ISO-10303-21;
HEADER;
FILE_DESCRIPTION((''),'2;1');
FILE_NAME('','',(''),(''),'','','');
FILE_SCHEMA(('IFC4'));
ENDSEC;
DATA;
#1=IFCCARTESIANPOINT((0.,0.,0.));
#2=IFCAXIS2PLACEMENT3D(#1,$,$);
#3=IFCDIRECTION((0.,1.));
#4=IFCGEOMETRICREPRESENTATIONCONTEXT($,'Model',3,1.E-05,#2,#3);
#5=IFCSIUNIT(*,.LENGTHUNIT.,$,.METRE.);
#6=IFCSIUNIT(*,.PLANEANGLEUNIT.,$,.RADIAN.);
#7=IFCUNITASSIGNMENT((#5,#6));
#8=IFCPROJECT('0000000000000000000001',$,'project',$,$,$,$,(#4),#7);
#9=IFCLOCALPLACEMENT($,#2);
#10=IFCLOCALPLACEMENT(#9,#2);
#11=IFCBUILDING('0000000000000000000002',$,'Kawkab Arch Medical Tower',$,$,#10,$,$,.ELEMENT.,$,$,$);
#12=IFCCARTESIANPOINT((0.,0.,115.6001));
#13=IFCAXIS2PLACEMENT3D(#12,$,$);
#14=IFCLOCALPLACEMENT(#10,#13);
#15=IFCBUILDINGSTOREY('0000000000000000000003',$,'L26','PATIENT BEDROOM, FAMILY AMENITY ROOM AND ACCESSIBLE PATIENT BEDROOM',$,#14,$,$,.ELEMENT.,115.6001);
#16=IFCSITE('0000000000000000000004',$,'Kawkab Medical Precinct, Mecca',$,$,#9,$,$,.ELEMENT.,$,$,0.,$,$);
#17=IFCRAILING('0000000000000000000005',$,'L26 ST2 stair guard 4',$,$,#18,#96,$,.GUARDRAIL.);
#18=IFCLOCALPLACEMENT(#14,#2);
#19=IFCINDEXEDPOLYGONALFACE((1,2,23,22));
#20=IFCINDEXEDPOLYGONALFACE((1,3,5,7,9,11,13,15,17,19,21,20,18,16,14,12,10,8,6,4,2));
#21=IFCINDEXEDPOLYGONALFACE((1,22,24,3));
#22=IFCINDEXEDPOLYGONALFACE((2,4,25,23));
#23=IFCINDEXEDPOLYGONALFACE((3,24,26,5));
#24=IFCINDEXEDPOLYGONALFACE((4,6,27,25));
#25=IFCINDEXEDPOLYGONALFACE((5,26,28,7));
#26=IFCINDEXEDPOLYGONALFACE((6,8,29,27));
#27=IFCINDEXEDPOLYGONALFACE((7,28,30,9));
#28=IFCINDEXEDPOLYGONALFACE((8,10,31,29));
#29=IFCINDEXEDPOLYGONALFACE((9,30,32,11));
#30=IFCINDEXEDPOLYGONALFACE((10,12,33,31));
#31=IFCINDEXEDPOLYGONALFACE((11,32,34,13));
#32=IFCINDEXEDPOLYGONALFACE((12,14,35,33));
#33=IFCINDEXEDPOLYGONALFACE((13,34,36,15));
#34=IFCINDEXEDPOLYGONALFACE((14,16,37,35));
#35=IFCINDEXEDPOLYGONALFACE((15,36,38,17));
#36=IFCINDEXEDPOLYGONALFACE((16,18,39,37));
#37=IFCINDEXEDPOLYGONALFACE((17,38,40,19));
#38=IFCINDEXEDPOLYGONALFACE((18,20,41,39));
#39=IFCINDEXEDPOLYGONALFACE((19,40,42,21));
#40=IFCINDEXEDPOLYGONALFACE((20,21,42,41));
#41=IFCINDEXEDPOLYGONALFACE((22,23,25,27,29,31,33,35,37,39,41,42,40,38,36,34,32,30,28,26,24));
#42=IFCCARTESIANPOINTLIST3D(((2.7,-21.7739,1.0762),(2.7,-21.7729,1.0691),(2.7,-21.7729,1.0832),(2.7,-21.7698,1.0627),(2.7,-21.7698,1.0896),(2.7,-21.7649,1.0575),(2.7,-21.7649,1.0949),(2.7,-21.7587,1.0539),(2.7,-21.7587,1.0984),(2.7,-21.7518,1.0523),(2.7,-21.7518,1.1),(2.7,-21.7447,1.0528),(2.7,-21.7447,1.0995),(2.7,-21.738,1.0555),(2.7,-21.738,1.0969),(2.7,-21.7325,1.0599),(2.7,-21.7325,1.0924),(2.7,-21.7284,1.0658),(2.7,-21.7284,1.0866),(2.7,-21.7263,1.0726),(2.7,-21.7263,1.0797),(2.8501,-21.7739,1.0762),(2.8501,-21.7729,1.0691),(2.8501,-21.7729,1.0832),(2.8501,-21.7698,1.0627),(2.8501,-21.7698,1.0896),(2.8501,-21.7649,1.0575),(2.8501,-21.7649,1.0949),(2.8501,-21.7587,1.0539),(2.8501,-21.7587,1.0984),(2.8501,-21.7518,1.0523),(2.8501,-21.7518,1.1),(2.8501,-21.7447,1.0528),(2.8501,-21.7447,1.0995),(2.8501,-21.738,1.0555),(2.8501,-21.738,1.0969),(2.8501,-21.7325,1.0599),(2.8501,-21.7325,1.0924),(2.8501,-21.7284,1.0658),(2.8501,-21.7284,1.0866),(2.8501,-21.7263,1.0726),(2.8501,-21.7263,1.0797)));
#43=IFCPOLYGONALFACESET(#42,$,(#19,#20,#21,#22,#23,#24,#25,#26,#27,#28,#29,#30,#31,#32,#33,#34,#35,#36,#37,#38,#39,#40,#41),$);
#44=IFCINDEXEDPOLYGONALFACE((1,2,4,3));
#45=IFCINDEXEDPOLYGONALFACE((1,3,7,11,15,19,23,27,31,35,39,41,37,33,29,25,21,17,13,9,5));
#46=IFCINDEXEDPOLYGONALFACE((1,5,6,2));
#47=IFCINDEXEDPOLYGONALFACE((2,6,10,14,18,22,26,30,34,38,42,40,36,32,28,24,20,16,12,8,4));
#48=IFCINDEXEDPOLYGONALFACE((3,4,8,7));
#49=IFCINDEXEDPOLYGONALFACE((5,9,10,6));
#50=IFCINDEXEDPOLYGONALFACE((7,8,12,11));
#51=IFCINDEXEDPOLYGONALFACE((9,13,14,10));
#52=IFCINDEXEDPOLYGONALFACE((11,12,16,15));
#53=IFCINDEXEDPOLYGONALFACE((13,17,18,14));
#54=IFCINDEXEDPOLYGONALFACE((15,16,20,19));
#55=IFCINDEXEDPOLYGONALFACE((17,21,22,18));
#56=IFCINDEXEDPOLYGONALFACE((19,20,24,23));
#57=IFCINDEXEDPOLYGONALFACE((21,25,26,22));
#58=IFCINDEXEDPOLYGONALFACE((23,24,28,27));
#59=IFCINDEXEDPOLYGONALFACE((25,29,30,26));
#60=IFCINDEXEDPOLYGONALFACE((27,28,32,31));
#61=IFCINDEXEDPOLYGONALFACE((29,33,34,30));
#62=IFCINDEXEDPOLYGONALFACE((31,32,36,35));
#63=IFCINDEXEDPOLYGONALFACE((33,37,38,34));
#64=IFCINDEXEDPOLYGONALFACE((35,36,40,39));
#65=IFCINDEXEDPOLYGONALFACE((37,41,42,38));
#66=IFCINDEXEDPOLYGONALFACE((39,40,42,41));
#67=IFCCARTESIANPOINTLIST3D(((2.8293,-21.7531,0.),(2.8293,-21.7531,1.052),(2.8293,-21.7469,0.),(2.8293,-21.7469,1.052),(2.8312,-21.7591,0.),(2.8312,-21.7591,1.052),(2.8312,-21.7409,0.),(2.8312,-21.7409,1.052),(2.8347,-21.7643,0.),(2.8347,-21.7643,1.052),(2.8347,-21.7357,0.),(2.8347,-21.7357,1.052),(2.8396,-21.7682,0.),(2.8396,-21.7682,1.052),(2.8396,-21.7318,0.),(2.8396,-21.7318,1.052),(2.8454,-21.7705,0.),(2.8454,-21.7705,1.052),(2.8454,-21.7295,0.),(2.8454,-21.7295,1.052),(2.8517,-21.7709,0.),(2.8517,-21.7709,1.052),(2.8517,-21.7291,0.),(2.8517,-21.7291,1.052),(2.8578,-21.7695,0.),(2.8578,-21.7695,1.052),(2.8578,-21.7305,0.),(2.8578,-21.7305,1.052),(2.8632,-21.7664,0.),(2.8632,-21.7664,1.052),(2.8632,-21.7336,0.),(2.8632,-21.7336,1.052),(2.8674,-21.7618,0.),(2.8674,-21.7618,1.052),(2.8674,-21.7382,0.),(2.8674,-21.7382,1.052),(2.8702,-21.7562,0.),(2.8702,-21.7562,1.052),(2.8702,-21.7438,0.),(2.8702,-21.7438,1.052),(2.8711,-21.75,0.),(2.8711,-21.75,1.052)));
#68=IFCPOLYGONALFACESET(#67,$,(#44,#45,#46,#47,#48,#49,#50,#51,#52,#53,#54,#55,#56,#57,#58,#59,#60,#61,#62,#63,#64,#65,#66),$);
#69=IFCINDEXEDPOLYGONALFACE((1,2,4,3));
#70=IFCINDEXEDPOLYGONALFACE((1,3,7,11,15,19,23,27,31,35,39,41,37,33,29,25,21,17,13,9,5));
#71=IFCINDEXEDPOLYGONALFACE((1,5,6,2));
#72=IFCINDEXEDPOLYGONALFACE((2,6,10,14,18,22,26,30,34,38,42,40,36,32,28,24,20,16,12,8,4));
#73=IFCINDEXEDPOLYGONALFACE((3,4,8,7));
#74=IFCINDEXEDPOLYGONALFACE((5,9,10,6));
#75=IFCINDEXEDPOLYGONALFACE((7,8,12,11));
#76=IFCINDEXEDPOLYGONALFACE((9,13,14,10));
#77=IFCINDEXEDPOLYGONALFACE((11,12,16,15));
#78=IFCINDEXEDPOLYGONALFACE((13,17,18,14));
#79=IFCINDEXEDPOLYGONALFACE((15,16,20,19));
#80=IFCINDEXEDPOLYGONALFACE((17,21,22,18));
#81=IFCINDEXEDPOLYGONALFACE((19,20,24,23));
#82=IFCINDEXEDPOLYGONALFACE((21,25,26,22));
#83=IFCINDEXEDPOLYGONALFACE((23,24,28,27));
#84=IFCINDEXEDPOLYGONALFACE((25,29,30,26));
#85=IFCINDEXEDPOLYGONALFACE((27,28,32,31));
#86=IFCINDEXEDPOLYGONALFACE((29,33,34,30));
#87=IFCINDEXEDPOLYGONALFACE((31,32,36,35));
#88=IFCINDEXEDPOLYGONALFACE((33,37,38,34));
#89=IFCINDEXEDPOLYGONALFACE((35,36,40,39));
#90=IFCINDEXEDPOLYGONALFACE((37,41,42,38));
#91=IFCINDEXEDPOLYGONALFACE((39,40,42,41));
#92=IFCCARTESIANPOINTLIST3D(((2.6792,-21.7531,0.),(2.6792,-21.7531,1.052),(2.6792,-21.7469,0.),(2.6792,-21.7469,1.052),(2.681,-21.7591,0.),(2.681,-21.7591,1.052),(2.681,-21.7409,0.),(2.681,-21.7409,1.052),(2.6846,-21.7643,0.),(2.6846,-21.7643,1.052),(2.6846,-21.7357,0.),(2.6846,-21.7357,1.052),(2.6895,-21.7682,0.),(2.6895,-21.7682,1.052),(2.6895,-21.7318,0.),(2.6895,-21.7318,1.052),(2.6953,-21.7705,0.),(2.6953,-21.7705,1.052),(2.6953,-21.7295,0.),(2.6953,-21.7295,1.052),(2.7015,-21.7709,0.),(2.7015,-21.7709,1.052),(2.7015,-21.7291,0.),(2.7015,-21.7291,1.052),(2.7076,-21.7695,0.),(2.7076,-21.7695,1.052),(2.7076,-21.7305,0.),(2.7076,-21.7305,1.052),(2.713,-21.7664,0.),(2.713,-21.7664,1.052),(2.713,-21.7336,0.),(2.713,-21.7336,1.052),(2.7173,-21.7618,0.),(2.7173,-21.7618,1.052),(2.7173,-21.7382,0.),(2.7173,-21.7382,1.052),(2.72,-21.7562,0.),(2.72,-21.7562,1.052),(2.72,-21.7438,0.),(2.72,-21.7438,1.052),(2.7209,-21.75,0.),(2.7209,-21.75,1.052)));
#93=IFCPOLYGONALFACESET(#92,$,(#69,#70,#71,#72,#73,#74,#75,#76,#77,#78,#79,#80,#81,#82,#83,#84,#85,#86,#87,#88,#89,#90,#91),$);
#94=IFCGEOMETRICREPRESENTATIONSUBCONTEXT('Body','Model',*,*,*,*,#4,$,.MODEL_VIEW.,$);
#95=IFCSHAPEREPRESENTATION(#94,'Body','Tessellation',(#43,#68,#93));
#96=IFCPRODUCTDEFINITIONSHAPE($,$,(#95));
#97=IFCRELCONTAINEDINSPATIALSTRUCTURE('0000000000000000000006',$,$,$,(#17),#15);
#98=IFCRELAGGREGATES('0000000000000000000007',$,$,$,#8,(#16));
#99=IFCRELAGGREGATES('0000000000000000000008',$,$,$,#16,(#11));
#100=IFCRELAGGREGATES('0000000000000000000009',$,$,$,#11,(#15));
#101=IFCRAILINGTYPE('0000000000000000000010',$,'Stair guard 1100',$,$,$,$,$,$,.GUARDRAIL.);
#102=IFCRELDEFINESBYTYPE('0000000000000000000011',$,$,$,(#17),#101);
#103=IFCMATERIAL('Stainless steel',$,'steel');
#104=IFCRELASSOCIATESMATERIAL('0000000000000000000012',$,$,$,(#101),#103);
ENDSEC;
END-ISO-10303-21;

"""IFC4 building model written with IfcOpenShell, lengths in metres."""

from ifc_helpers import new_model, si_unit, direction, frame, origin, origin_2d, place, context, subcontext, project, spatial, circle, extrude, material, type_object, element, save


model = new_model("IFC4")

# Units and contexts
model_context = context("Model", 3, precision=1e-05, world=origin(), true_north=direction((0.0, 1.0)))
body_context = subcontext(model_context, "Body", "Model", "MODEL_VIEW")
ifc_project = project(units=[si_unit("LENGTHUNIT", "METRE"), si_unit("PLANEANGLEUNIT", "RADIAN")], contexts=[model_context])

# Site, building, storey
site_placement = place(None, origin())
site = spatial("IfcSite", under=ifc_project, at=site_placement, Name="Kawkab Medical Precinct, Mecca", CompositionType="ELEMENT", RefElevation=0.0)
building_placement = place(site_placement, origin())
building = spatial("IfcBuilding", under=site, at=building_placement, Name="Kawkab Arch Medical Tower", CompositionType="ELEMENT")
storey_placement = place(building_placement, frame((0.0, 0.0, 115.6001)))
storey = spatial("IfcBuildingStorey", under=building, at=storey_placement, Name="L26", Description="PATIENT BEDROOM, FAMILY AMENITY ROOM AND ACCESSIBLE PATIENT BEDROOM", CompositionType="ELEMENT", Elevation=115.6001)

# Railing
ifc_material_1 = material(Name="Stainless steel", Category="steel")
railing_type = type_object("IfcRailingType", Name="Stair guard 1100", PredefinedType="GUARDRAIL", material=ifc_material_1)
railing_1_placement = place(storey_placement, frame((2.8501, -21.75, 0.0)))
element("IfcRailing", 1, at=railing_1_placement, inside=storey, type_object=railing_type, Name="L26 ST2 stair guard 4", PredefinedType="GUARDRAIL", context=body_context, shape_type="SweptSolid", body=[
    extrude(circle(Radius=0.0239, at=origin_2d()), frame((0.0, 0.0, 1.0762), z_axis=(-1.0, 0.0, 0.0), x_axis=(0.0, -1.0, 0.0)), (0.0, 0.0, 1.0), 0.1501),
    extrude(circle(Radius=0.021, at=origin_2d()), origin(), (0.0, 0.0, 1.0), 1.052),
    extrude(circle(Radius=0.021, at=origin_2d()), frame((-0.1501, 0.0, 0.0)), (0.0, 0.0, 1.0), 1.052),
])

save(model, "model.ifc")
